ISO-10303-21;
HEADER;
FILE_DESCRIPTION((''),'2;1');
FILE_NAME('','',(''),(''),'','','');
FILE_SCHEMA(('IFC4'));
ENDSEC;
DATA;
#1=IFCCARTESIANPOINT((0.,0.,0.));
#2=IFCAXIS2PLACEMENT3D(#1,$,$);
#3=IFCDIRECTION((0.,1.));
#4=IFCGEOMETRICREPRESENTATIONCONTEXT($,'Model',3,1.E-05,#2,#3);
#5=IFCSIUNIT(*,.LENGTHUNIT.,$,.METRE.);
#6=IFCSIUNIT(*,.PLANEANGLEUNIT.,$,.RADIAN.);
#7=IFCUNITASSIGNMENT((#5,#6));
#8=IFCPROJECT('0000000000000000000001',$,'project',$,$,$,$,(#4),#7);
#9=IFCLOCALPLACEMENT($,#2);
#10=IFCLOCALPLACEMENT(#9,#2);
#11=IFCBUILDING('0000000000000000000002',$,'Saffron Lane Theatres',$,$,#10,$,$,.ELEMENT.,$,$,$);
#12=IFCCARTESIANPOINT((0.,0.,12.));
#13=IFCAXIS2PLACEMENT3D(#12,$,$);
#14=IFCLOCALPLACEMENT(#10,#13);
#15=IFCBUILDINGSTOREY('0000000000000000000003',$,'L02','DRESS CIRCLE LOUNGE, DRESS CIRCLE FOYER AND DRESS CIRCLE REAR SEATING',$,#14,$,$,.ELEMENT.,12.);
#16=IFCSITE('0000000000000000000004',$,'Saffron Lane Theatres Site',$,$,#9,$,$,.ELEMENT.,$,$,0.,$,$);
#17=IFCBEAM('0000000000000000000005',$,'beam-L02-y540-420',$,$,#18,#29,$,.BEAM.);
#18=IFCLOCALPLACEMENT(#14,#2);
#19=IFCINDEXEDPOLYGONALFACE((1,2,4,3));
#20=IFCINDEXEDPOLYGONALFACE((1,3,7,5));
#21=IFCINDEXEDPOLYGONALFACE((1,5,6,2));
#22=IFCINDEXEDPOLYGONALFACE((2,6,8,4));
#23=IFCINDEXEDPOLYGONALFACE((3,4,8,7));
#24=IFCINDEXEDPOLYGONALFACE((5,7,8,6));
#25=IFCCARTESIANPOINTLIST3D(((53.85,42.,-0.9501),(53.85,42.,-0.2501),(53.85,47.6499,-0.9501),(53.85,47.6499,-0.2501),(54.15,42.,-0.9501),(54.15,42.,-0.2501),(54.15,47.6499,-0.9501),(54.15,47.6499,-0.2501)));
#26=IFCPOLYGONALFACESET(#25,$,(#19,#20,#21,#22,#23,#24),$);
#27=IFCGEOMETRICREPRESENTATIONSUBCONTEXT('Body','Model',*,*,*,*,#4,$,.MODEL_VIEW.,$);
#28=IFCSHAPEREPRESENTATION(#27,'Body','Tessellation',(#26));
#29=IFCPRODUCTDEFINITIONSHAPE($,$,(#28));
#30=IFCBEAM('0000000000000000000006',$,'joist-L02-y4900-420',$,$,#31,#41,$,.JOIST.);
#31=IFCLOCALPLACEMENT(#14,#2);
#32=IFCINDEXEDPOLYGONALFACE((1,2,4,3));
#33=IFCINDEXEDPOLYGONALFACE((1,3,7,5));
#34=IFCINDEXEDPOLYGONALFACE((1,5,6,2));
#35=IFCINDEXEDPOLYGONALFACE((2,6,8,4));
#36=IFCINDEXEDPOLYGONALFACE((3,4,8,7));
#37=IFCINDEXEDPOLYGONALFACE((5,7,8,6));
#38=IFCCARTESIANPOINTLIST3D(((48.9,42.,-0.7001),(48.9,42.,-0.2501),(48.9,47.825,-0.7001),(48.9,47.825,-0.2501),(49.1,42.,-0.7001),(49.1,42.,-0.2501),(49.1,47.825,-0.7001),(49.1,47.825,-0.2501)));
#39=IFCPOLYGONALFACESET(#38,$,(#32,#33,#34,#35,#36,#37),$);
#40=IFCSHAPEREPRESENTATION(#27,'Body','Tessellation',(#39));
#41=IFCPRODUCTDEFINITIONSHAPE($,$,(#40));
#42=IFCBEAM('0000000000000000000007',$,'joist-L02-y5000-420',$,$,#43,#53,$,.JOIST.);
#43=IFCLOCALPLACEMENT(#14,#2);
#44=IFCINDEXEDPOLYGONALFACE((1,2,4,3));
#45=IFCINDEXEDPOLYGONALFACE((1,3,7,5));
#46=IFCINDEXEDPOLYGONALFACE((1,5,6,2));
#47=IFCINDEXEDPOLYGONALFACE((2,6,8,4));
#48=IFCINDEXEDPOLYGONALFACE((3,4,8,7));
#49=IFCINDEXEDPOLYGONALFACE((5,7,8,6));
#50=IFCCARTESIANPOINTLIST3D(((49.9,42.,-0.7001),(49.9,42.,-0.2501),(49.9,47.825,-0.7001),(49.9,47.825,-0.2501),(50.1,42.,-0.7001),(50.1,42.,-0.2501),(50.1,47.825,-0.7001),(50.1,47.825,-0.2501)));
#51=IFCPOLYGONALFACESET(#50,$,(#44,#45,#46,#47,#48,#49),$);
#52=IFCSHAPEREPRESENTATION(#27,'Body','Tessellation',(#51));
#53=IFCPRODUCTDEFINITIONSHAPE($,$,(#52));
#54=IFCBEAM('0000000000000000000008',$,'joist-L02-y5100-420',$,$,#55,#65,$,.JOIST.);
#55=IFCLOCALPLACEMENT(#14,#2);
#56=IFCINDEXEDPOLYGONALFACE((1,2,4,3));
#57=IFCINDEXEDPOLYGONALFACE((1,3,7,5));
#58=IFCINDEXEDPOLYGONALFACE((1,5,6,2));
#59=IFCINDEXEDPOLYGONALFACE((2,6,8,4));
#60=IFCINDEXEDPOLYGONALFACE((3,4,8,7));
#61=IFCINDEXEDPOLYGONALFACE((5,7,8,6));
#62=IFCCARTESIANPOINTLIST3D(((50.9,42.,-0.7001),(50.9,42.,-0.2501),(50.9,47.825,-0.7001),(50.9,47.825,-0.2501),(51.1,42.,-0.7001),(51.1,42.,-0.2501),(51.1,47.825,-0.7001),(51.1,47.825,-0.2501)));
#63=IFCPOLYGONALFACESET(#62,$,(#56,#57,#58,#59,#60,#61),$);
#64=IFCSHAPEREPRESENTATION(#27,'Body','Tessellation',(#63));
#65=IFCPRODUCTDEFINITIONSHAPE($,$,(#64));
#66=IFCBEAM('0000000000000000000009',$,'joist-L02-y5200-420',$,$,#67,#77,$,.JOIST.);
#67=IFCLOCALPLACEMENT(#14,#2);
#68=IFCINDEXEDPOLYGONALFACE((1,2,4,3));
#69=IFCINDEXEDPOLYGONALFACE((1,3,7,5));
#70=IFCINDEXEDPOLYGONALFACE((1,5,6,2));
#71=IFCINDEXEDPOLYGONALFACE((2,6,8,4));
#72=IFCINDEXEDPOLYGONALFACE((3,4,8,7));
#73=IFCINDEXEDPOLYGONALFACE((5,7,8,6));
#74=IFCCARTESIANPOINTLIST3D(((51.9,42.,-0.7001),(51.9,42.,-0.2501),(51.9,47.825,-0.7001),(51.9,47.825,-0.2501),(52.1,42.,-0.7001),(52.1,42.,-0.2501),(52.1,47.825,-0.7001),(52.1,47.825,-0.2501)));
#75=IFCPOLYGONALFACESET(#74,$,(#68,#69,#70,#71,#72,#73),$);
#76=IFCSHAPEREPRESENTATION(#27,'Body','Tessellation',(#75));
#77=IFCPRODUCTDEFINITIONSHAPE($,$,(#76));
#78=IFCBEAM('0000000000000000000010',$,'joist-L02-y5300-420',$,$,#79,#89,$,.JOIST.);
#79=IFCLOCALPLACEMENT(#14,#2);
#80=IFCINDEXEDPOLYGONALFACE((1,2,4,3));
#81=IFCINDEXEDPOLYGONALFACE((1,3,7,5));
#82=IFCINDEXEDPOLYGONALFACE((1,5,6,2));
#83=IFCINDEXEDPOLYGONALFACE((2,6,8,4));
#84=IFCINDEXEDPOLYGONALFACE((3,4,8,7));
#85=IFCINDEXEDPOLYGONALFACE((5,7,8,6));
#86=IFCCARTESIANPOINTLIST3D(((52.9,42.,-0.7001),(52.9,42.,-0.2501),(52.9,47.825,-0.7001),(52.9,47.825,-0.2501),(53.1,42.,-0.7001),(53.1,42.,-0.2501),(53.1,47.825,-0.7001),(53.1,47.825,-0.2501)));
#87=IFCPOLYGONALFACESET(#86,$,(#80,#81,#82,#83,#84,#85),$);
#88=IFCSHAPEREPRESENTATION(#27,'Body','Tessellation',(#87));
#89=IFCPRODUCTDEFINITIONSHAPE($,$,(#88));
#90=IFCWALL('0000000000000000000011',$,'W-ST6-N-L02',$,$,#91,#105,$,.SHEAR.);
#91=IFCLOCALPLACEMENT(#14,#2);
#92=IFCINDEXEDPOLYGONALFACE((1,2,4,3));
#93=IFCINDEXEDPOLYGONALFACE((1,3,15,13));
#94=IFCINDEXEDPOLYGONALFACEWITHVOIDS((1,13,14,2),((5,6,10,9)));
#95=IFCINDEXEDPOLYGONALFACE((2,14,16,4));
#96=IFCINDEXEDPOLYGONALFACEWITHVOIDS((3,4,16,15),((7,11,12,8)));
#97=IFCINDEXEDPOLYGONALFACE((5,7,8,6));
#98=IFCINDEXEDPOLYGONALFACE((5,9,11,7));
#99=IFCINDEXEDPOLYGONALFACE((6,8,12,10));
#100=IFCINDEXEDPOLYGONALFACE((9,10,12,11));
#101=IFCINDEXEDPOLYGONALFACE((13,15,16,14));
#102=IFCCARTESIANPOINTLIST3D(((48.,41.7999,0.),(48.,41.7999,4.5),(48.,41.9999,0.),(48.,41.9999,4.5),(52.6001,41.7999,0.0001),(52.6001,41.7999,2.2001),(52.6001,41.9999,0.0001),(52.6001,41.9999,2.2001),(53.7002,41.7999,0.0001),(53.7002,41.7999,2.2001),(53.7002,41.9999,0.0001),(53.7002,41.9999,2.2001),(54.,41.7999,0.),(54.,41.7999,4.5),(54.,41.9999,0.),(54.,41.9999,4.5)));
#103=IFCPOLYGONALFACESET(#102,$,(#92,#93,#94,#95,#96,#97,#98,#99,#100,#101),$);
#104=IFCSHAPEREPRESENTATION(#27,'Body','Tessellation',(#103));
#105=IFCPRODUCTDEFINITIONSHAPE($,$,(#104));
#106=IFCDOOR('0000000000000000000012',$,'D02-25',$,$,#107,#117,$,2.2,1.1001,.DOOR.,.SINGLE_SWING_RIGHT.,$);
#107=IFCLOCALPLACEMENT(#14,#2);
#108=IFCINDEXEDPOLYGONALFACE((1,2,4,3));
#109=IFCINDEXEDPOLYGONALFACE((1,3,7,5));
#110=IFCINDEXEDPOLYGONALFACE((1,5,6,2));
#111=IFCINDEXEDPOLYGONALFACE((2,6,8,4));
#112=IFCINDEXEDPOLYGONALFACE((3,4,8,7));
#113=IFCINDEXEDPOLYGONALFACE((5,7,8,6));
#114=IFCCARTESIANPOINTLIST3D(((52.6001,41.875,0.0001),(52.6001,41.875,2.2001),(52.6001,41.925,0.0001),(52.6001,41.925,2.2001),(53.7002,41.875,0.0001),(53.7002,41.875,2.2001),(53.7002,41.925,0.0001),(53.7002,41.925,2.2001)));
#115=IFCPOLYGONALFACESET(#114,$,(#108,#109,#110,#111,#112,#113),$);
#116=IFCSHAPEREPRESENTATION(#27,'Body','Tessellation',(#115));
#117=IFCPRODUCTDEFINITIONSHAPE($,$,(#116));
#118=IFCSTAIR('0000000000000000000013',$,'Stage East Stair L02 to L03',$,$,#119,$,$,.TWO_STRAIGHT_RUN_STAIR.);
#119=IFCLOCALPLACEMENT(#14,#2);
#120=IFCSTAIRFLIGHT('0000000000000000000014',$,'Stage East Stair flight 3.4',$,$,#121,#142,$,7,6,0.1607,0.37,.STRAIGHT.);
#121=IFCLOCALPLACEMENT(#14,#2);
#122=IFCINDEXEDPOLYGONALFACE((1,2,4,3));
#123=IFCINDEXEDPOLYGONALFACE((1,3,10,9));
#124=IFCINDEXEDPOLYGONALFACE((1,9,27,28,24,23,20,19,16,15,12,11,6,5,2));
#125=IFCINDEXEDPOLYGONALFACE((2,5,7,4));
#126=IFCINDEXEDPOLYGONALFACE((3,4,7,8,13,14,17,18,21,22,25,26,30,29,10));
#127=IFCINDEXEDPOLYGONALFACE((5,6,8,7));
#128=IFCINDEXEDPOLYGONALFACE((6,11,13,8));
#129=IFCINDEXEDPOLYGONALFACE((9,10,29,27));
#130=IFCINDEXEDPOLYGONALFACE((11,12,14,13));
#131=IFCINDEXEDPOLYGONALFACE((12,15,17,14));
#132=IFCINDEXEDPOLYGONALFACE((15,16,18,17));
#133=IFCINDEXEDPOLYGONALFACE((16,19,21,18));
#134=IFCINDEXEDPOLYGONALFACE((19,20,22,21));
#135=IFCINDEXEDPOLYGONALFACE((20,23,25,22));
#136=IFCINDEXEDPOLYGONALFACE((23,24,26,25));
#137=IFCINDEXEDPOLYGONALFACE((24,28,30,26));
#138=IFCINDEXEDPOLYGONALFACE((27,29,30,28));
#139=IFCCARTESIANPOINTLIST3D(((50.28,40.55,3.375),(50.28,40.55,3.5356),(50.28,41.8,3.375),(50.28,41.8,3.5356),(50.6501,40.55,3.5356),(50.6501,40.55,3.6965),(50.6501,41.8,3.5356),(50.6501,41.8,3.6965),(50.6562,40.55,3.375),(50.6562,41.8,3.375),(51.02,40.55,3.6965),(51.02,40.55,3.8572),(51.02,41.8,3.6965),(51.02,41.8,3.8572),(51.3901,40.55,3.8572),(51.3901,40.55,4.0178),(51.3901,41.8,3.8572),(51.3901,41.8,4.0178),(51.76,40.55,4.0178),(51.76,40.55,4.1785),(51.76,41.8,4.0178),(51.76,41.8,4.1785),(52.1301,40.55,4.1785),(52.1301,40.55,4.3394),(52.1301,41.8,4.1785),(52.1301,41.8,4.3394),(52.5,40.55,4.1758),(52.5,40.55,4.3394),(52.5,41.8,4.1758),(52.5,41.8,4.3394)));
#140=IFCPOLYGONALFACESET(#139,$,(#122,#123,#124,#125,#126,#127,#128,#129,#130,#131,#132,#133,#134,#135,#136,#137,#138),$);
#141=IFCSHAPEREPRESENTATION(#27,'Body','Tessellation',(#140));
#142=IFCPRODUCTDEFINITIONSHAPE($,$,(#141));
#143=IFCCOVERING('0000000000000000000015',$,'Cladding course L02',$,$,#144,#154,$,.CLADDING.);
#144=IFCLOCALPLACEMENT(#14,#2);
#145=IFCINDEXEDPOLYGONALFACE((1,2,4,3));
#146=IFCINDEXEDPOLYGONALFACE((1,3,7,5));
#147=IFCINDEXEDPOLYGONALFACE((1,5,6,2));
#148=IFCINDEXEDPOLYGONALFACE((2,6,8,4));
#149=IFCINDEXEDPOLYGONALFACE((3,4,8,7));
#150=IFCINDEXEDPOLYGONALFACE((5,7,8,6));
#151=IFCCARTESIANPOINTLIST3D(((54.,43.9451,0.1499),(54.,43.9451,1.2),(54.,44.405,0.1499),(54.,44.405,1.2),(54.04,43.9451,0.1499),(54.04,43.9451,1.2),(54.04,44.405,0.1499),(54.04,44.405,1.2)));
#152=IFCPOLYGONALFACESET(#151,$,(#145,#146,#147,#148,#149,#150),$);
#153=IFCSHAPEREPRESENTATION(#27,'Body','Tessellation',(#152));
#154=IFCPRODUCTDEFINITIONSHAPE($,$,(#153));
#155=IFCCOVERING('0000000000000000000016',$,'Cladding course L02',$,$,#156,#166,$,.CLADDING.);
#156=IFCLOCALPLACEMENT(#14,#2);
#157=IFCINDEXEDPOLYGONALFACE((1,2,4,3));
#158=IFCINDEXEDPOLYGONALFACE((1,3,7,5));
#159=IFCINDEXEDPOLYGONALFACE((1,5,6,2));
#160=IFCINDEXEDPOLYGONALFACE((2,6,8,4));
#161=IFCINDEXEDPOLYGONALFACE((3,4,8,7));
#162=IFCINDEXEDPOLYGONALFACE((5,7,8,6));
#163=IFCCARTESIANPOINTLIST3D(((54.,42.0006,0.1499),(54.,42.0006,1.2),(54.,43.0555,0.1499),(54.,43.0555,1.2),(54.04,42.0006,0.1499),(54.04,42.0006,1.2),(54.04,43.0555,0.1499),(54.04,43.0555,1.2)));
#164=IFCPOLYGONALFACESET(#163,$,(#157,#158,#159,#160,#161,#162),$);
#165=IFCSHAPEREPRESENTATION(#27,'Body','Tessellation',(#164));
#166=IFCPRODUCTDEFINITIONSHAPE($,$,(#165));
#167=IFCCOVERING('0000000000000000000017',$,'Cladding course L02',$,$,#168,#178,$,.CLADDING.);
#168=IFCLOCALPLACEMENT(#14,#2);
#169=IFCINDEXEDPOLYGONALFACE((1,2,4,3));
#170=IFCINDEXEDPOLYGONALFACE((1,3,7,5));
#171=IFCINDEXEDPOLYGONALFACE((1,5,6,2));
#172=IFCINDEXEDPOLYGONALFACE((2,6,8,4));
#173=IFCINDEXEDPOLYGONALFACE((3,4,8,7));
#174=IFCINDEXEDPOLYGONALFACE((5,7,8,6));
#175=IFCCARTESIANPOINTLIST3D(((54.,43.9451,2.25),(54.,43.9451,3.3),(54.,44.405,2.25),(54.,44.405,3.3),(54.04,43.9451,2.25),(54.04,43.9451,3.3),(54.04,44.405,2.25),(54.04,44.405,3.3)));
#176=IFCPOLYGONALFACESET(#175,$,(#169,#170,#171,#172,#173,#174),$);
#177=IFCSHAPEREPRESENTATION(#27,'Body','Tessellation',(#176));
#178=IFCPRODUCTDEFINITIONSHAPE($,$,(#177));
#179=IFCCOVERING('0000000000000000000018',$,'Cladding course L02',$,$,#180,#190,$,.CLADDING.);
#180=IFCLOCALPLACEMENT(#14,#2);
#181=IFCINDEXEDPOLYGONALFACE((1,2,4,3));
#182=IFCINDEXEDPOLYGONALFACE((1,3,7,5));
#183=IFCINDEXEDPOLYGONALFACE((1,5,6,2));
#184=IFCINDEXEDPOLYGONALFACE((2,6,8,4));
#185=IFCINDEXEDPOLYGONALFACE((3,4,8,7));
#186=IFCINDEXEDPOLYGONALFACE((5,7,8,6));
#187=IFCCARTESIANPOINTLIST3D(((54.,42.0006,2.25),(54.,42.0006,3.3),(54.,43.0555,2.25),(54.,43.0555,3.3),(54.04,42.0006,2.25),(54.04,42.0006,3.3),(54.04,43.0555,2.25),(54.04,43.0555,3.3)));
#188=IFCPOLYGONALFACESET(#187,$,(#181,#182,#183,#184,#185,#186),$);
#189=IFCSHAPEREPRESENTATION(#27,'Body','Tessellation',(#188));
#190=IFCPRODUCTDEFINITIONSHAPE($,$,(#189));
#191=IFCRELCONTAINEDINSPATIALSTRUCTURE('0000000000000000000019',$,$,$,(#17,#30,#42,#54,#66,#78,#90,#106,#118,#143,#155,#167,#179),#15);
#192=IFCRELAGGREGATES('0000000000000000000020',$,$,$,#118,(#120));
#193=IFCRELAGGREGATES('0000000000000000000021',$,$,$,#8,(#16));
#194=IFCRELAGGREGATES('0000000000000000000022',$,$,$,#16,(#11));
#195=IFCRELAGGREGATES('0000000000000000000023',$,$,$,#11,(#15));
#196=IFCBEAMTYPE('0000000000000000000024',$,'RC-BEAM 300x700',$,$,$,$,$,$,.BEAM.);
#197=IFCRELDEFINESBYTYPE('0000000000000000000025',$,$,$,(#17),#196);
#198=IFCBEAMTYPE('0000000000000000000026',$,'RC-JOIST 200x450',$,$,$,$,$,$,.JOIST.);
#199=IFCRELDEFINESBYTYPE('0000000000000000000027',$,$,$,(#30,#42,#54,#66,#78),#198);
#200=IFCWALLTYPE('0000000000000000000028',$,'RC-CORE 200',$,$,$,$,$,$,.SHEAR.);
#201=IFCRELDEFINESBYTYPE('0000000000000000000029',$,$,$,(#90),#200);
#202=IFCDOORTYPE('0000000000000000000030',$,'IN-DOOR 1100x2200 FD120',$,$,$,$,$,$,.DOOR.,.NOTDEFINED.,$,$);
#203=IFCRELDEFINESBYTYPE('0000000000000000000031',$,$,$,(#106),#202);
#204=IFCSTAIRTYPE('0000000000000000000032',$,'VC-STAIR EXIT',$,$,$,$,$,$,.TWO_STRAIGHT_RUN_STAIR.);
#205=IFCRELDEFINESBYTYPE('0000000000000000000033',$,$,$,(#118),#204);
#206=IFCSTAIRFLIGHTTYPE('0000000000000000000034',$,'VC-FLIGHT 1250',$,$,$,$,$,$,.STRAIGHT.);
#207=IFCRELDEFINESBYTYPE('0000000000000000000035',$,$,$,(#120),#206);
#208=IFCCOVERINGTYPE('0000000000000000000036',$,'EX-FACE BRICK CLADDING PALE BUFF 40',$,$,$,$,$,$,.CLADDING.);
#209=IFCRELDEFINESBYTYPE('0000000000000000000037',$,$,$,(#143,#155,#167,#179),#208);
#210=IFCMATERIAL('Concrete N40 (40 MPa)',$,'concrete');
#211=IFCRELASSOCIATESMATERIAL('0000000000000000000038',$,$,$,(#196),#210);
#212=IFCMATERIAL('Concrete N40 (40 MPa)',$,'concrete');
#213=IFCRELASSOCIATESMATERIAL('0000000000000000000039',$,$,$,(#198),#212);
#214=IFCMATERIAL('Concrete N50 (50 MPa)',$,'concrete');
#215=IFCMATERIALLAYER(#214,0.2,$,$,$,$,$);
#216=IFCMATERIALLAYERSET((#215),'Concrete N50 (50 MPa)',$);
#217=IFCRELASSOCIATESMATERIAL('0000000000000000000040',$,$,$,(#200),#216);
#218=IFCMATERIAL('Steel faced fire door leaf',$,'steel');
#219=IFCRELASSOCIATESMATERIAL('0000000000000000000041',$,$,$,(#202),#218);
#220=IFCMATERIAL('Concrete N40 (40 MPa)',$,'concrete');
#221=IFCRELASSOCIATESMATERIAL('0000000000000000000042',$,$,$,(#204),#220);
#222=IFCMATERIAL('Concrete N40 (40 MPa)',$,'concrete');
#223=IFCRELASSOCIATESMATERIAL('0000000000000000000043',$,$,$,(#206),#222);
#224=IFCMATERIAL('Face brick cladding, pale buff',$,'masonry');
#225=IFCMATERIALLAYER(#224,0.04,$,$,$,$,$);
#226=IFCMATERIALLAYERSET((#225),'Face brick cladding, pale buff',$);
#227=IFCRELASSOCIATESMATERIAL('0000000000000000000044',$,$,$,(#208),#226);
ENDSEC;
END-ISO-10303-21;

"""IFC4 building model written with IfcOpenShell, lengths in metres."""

from ifc_helpers import new_model, si_unit, direction, frame, frame_2d, origin, origin_2d, place, context, subcontext, project, spatial, polyline, rectangle, outline, extrude, material, layer, layer_set, material_profile, profile_set, type_object, element, fill, aggregate, save


model = new_model("IFC4")

# Units and contexts
model_context = context("Model", 3, precision=1e-05, world=origin(), true_north=direction((0.0, 1.0)))
body_context = subcontext(model_context, "Body", "Model", "MODEL_VIEW")
ifc_project = project(units=[si_unit("LENGTHUNIT", "METRE"), si_unit("PLANEANGLEUNIT", "RADIAN")], contexts=[model_context])

# Site, building, storey
site_placement = place(None, origin())
site = spatial("IfcSite", under=ifc_project, at=site_placement, Name="Saffron Lane Theatres Site", CompositionType="ELEMENT", RefElevation=0.0)
building_placement = place(site_placement, origin())
building = spatial("IfcBuilding", under=site, at=building_placement, Name="Saffron Lane Theatres", CompositionType="ELEMENT")
storey_placement = place(building_placement, frame((0.0, 0.0, 12.0)))
storey = spatial("IfcBuildingStorey", under=building, at=storey_placement, Name="L02", Description="DRESS CIRCLE LOUNGE, DRESS CIRCLE FOYER AND DRESS CIRCLE REAR SEATING", CompositionType="ELEMENT", Elevation=12.0)

# Beams
ifc_material_1 = material(Name="Concrete N40 (40 MPa)", Category="concrete")
ifc_material_profile_1 = material_profile(ifc_material_1, rectangle(XDim=0.3, YDim=0.7, at=origin_2d()))
ifc_profile_set_1 = profile_set([ifc_material_profile_1], Name="Concrete N40 (40 MPa)")
beam_type_1 = type_object("IfcBeamType", Name="RC-BEAM 300x700", PredefinedType="BEAM", material=ifc_profile_set_1)
beam_placement = place(storey_placement, frame((54.0, 42.0, -0.6001), z_axis=(0.0, 1.0, 0.0), x_axis=(-1.0, 0.0, 0.0)))
element("IfcBeam", 1, at=beam_placement, inside=storey, type_object=beam_type_1, Name="beam-L02-y540-420", PredefinedType="BEAM", context=body_context, shape_type="SweptSolid", body=[
    extrude(rectangle(XDim=0.3, YDim=0.7, at=origin_2d()), origin(), (0.0, 0.0, 1.0), 5.6499),
])
ifc_material_2 = material(Name="Concrete N40 (40 MPa)", Category="concrete")
ifc_material_profile_2 = material_profile(ifc_material_2, rectangle(XDim=0.2, YDim=0.45, at=origin_2d()))
ifc_profile_set_2 = profile_set([ifc_material_profile_2], Name="Concrete N40 (40 MPa)")
beam_type_2 = type_object("IfcBeamType", Name="RC-JOIST 200x450", PredefinedType="JOIST", material=ifc_profile_set_2)
for number, where, z_axis, x_axis, name in (
    (2, (49.0, 42.0, -0.4751), (0.0, 1.0, 0.0), (-1.0, 0.0, 0.0), "joist-L02-y4900-420"),
    (3, (50.0, 42.0, -0.4751), (0.0, 1.0, 0.0), (-1.0, 0.0, 0.0), "joist-L02-y5000-420"),
    (4, (51.0, 42.0, -0.4751), (0.0, 1.0, 0.0), (-1.0, 0.0, 0.0), "joist-L02-y5100-420"),
    (5, (52.0, 42.0, -0.4751), (0.0, 1.0, 0.0), (-1.0, 0.0, 0.0), "joist-L02-y5200-420"),
    (6, (53.0, 42.0, -0.4751), (0.0, 1.0, 0.0), (-1.0, 0.0, 0.0), "joist-L02-y5300-420"),
):
    element("IfcBeam", number, at=place(storey_placement, frame(where, z_axis=z_axis, x_axis=x_axis)), inside=storey, type_object=beam_type_2, Name=name, PredefinedType="JOIST", context=body_context, shape_type="SweptSolid", body=[
        extrude(rectangle(XDim=0.2, YDim=0.45, at=origin_2d()), origin(), (0.0, 0.0, 1.0), 5.825),
    ])

# Wall, opening, door
ifc_material_3 = material(Name="Concrete N50 (50 MPa)", Category="concrete")
ifc_layer_1 = layer(ifc_material_3, 0.2)
ifc_layer_set_1 = layer_set([ifc_layer_1], Name="Concrete N50 (50 MPa)")
wall_type = type_object("IfcWallType", Name="RC-CORE 200", PredefinedType="SHEAR", material=ifc_layer_set_1)
wall_placement = place(storey_placement, frame((48.0, 41.8999, 0.0), z_axis=(0.0, 0.0, 1.0), x_axis=(1.0, 0.0, 0.0)))
wall = element("IfcWall", 7, at=wall_placement, inside=storey, type_object=wall_type, Name="W-ST6-N-L02", PredefinedType="SHEAR", context=body_context, shape_type="SweptSolid", body=[
    extrude(rectangle(XDim=6.0, YDim=0.2, at=frame_2d((3.0, 0.0))), origin(), (0.0, 0.0, 1.0), 4.5),
])
opening_placement = place(wall_placement, frame((4.6001, 0.0, 0.0)))
opening = element("IfcOpeningElement", 8, at=opening_placement, cuts=wall, PredefinedType="OPENING", context=body_context, shape_type="SweptSolid", body=[
    extrude(rectangle(XDim=1.1001, YDim=2.2, at=frame_2d((0.55, 1.1001))), frame((0.0, 0.1099, 0.0), z_axis=(0.0, -1.0, 0.0), x_axis=(1.0, 0.0, 0.0)), (0.0, 0.0, 1.0), 0.22),
])
ifc_material_4 = material(Name="Steel faced fire door leaf", Category="steel")
door_type = type_object("IfcDoorType", Name="IN-DOOR 1100x2200 FD120", OperationType="NOTDEFINED", PredefinedType="DOOR", material=ifc_material_4)
door_placement = place(opening_placement, frame((1.1001, 0.0, 0.0), z_axis=(0.0, 0.0, 1.0), x_axis=(-1.0, 0.0, 0.0)))
door = element("IfcDoor", 9, at=door_placement, inside=storey, type_object=door_type, Name="D02-25", OperationType="SINGLE_SWING_RIGHT", OverallHeight=2.2, OverallWidth=1.1001, PredefinedType="DOOR", context=body_context, shape_type="SweptSolid", body=[
    extrude(rectangle(XDim=1.1001, YDim=2.2, at=frame_2d((0.55, 1.1001))), frame((0.0, 0.0249, 0.0), z_axis=(0.0, -1.0, 0.0), x_axis=(1.0, 0.0, 0.0)), (0.0, 0.0, 1.0), 0.05),
])
fill(opening, door)

# Stair, stair flight
ifc_material_5 = material(Name="Concrete N40 (40 MPa)", Category="concrete")
stair_type = type_object("IfcStairType", Name="VC-STAIR EXIT", PredefinedType="TWO_STRAIGHT_RUN_STAIR", material=ifc_material_5)
stair_placement = place(storey_placement, origin())
stair = element("IfcStair", 10, at=stair_placement, inside=storey, type_object=stair_type, Name="Stage East Stair L02 to L03", PredefinedType="TWO_STRAIGHT_RUN_STAIR")
ifc_material_6 = material(Name="Concrete N40 (40 MPa)", Category="concrete")
stair_flight_type = type_object("IfcStairFlightType", Name="VC-FLIGHT 1250", PredefinedType="STRAIGHT", material=ifc_material_6)
stair_flight_placement = place(storey_placement, frame((50.28, 41.175, 3.375), z_axis=(0.0, 0.0, 1.0), x_axis=(1.0, 0.0, 0.0)))
stair_flight = element("IfcStairFlight", 11, at=stair_flight_placement, type_object=stair_flight_type, Name="Stage East Stair flight 3.4", NumberOfRisers=7, NumberOfTreads=6, PredefinedType="STRAIGHT", RiserHeight=0.1607, TreadLength=0.37, context=body_context, shape_type="SweptSolid", body=[
    extrude(outline(polyline([(0.0, 0.0), (0.0, 0.1606), (0.3701, 0.1606), (0.3701, 0.3215), (0.74, 0.3215), (0.74, 0.4822), (1.1101, 0.4822), (1.1101, 0.6428), (1.48, 0.6428), (1.48, 0.8035), (1.8501, 0.8035), (1.8501, 0.9644), (2.22, 0.9644), (2.22, 1.125), (2.22, 0.8008), (0.3762, 0.0), (0.0, 0.0)])), frame((0.0, 0.625, 0.0), z_axis=(0.0, -1.0, 0.0), x_axis=(1.0, 0.0, 0.0)), (0.0, 0.0, 1.0), 1.25),
])
aggregate(stair, [stair_flight])

# Coverings
ifc_material_7 = material(Name="Face brick cladding, pale buff", Category="masonry")
ifc_layer_2 = layer(ifc_material_7, 0.04)
ifc_layer_set_2 = layer_set([ifc_layer_2], Name="Face brick cladding, pale buff")
covering_type_1 = type_object("IfcCoveringType", Name="EX-FACE BRICK CLADDING PALE BUFF 40", PredefinedType="CLADDING", material=ifc_layer_set_2)
covering_1_placement = place(storey_placement, frame((54.02, 44.175, 0.1499), z_axis=(0.0, 0.0, 1.0), x_axis=(0.0, -1.0, 0.0)))
element("IfcCovering", 12, at=covering_1_placement, inside=storey, type_object=covering_type_1, Name="Cladding course L02", PredefinedType="CLADDING", context=body_context, shape_type="SweptSolid", body=[
    extrude(rectangle(XDim=0.46, YDim=0.04, at=origin_2d()), origin(), (0.0, 0.0, 1.0), 1.05),
])
covering_2_placement = place(storey_placement, frame((54.02, 42.5281, 0.1499), z_axis=(0.0, 0.0, 1.0), x_axis=(0.0, -1.0, 0.0)))
element("IfcCovering", 13, at=covering_2_placement, inside=storey, type_object=covering_type_1, Name="Cladding course L02", PredefinedType="CLADDING", context=body_context, shape_type="SweptSolid", body=[
    extrude(rectangle(XDim=1.0549, YDim=0.04, at=origin_2d()), origin(), (0.0, 0.0, 1.0), 1.05),
])
covering_3_placement = place(storey_placement, frame((54.02, 44.175, 2.25), z_axis=(0.0, 0.0, 1.0), x_axis=(0.0, -1.0, 0.0)))
element("IfcCovering", 14, at=covering_3_placement, inside=storey, type_object=covering_type_1, Name="Cladding course L02", PredefinedType="CLADDING", context=body_context, shape_type="SweptSolid", body=[
    extrude(rectangle(XDim=0.46, YDim=0.04, at=origin_2d()), origin(), (0.0, 0.0, 1.0), 1.05),
])
covering_4_placement = place(storey_placement, frame((54.02, 42.5281, 2.25), z_axis=(0.0, 0.0, 1.0), x_axis=(0.0, -1.0, 0.0)))
element("IfcCovering", 15, at=covering_4_placement, inside=storey, type_object=covering_type_1, Name="Cladding course L02", PredefinedType="CLADDING", context=body_context, shape_type="SweptSolid", body=[
    extrude(rectangle(XDim=1.0549, YDim=0.04, at=origin_2d()), origin(), (0.0, 0.0, 1.0), 1.05),
])

save(model, "model.ifc")
